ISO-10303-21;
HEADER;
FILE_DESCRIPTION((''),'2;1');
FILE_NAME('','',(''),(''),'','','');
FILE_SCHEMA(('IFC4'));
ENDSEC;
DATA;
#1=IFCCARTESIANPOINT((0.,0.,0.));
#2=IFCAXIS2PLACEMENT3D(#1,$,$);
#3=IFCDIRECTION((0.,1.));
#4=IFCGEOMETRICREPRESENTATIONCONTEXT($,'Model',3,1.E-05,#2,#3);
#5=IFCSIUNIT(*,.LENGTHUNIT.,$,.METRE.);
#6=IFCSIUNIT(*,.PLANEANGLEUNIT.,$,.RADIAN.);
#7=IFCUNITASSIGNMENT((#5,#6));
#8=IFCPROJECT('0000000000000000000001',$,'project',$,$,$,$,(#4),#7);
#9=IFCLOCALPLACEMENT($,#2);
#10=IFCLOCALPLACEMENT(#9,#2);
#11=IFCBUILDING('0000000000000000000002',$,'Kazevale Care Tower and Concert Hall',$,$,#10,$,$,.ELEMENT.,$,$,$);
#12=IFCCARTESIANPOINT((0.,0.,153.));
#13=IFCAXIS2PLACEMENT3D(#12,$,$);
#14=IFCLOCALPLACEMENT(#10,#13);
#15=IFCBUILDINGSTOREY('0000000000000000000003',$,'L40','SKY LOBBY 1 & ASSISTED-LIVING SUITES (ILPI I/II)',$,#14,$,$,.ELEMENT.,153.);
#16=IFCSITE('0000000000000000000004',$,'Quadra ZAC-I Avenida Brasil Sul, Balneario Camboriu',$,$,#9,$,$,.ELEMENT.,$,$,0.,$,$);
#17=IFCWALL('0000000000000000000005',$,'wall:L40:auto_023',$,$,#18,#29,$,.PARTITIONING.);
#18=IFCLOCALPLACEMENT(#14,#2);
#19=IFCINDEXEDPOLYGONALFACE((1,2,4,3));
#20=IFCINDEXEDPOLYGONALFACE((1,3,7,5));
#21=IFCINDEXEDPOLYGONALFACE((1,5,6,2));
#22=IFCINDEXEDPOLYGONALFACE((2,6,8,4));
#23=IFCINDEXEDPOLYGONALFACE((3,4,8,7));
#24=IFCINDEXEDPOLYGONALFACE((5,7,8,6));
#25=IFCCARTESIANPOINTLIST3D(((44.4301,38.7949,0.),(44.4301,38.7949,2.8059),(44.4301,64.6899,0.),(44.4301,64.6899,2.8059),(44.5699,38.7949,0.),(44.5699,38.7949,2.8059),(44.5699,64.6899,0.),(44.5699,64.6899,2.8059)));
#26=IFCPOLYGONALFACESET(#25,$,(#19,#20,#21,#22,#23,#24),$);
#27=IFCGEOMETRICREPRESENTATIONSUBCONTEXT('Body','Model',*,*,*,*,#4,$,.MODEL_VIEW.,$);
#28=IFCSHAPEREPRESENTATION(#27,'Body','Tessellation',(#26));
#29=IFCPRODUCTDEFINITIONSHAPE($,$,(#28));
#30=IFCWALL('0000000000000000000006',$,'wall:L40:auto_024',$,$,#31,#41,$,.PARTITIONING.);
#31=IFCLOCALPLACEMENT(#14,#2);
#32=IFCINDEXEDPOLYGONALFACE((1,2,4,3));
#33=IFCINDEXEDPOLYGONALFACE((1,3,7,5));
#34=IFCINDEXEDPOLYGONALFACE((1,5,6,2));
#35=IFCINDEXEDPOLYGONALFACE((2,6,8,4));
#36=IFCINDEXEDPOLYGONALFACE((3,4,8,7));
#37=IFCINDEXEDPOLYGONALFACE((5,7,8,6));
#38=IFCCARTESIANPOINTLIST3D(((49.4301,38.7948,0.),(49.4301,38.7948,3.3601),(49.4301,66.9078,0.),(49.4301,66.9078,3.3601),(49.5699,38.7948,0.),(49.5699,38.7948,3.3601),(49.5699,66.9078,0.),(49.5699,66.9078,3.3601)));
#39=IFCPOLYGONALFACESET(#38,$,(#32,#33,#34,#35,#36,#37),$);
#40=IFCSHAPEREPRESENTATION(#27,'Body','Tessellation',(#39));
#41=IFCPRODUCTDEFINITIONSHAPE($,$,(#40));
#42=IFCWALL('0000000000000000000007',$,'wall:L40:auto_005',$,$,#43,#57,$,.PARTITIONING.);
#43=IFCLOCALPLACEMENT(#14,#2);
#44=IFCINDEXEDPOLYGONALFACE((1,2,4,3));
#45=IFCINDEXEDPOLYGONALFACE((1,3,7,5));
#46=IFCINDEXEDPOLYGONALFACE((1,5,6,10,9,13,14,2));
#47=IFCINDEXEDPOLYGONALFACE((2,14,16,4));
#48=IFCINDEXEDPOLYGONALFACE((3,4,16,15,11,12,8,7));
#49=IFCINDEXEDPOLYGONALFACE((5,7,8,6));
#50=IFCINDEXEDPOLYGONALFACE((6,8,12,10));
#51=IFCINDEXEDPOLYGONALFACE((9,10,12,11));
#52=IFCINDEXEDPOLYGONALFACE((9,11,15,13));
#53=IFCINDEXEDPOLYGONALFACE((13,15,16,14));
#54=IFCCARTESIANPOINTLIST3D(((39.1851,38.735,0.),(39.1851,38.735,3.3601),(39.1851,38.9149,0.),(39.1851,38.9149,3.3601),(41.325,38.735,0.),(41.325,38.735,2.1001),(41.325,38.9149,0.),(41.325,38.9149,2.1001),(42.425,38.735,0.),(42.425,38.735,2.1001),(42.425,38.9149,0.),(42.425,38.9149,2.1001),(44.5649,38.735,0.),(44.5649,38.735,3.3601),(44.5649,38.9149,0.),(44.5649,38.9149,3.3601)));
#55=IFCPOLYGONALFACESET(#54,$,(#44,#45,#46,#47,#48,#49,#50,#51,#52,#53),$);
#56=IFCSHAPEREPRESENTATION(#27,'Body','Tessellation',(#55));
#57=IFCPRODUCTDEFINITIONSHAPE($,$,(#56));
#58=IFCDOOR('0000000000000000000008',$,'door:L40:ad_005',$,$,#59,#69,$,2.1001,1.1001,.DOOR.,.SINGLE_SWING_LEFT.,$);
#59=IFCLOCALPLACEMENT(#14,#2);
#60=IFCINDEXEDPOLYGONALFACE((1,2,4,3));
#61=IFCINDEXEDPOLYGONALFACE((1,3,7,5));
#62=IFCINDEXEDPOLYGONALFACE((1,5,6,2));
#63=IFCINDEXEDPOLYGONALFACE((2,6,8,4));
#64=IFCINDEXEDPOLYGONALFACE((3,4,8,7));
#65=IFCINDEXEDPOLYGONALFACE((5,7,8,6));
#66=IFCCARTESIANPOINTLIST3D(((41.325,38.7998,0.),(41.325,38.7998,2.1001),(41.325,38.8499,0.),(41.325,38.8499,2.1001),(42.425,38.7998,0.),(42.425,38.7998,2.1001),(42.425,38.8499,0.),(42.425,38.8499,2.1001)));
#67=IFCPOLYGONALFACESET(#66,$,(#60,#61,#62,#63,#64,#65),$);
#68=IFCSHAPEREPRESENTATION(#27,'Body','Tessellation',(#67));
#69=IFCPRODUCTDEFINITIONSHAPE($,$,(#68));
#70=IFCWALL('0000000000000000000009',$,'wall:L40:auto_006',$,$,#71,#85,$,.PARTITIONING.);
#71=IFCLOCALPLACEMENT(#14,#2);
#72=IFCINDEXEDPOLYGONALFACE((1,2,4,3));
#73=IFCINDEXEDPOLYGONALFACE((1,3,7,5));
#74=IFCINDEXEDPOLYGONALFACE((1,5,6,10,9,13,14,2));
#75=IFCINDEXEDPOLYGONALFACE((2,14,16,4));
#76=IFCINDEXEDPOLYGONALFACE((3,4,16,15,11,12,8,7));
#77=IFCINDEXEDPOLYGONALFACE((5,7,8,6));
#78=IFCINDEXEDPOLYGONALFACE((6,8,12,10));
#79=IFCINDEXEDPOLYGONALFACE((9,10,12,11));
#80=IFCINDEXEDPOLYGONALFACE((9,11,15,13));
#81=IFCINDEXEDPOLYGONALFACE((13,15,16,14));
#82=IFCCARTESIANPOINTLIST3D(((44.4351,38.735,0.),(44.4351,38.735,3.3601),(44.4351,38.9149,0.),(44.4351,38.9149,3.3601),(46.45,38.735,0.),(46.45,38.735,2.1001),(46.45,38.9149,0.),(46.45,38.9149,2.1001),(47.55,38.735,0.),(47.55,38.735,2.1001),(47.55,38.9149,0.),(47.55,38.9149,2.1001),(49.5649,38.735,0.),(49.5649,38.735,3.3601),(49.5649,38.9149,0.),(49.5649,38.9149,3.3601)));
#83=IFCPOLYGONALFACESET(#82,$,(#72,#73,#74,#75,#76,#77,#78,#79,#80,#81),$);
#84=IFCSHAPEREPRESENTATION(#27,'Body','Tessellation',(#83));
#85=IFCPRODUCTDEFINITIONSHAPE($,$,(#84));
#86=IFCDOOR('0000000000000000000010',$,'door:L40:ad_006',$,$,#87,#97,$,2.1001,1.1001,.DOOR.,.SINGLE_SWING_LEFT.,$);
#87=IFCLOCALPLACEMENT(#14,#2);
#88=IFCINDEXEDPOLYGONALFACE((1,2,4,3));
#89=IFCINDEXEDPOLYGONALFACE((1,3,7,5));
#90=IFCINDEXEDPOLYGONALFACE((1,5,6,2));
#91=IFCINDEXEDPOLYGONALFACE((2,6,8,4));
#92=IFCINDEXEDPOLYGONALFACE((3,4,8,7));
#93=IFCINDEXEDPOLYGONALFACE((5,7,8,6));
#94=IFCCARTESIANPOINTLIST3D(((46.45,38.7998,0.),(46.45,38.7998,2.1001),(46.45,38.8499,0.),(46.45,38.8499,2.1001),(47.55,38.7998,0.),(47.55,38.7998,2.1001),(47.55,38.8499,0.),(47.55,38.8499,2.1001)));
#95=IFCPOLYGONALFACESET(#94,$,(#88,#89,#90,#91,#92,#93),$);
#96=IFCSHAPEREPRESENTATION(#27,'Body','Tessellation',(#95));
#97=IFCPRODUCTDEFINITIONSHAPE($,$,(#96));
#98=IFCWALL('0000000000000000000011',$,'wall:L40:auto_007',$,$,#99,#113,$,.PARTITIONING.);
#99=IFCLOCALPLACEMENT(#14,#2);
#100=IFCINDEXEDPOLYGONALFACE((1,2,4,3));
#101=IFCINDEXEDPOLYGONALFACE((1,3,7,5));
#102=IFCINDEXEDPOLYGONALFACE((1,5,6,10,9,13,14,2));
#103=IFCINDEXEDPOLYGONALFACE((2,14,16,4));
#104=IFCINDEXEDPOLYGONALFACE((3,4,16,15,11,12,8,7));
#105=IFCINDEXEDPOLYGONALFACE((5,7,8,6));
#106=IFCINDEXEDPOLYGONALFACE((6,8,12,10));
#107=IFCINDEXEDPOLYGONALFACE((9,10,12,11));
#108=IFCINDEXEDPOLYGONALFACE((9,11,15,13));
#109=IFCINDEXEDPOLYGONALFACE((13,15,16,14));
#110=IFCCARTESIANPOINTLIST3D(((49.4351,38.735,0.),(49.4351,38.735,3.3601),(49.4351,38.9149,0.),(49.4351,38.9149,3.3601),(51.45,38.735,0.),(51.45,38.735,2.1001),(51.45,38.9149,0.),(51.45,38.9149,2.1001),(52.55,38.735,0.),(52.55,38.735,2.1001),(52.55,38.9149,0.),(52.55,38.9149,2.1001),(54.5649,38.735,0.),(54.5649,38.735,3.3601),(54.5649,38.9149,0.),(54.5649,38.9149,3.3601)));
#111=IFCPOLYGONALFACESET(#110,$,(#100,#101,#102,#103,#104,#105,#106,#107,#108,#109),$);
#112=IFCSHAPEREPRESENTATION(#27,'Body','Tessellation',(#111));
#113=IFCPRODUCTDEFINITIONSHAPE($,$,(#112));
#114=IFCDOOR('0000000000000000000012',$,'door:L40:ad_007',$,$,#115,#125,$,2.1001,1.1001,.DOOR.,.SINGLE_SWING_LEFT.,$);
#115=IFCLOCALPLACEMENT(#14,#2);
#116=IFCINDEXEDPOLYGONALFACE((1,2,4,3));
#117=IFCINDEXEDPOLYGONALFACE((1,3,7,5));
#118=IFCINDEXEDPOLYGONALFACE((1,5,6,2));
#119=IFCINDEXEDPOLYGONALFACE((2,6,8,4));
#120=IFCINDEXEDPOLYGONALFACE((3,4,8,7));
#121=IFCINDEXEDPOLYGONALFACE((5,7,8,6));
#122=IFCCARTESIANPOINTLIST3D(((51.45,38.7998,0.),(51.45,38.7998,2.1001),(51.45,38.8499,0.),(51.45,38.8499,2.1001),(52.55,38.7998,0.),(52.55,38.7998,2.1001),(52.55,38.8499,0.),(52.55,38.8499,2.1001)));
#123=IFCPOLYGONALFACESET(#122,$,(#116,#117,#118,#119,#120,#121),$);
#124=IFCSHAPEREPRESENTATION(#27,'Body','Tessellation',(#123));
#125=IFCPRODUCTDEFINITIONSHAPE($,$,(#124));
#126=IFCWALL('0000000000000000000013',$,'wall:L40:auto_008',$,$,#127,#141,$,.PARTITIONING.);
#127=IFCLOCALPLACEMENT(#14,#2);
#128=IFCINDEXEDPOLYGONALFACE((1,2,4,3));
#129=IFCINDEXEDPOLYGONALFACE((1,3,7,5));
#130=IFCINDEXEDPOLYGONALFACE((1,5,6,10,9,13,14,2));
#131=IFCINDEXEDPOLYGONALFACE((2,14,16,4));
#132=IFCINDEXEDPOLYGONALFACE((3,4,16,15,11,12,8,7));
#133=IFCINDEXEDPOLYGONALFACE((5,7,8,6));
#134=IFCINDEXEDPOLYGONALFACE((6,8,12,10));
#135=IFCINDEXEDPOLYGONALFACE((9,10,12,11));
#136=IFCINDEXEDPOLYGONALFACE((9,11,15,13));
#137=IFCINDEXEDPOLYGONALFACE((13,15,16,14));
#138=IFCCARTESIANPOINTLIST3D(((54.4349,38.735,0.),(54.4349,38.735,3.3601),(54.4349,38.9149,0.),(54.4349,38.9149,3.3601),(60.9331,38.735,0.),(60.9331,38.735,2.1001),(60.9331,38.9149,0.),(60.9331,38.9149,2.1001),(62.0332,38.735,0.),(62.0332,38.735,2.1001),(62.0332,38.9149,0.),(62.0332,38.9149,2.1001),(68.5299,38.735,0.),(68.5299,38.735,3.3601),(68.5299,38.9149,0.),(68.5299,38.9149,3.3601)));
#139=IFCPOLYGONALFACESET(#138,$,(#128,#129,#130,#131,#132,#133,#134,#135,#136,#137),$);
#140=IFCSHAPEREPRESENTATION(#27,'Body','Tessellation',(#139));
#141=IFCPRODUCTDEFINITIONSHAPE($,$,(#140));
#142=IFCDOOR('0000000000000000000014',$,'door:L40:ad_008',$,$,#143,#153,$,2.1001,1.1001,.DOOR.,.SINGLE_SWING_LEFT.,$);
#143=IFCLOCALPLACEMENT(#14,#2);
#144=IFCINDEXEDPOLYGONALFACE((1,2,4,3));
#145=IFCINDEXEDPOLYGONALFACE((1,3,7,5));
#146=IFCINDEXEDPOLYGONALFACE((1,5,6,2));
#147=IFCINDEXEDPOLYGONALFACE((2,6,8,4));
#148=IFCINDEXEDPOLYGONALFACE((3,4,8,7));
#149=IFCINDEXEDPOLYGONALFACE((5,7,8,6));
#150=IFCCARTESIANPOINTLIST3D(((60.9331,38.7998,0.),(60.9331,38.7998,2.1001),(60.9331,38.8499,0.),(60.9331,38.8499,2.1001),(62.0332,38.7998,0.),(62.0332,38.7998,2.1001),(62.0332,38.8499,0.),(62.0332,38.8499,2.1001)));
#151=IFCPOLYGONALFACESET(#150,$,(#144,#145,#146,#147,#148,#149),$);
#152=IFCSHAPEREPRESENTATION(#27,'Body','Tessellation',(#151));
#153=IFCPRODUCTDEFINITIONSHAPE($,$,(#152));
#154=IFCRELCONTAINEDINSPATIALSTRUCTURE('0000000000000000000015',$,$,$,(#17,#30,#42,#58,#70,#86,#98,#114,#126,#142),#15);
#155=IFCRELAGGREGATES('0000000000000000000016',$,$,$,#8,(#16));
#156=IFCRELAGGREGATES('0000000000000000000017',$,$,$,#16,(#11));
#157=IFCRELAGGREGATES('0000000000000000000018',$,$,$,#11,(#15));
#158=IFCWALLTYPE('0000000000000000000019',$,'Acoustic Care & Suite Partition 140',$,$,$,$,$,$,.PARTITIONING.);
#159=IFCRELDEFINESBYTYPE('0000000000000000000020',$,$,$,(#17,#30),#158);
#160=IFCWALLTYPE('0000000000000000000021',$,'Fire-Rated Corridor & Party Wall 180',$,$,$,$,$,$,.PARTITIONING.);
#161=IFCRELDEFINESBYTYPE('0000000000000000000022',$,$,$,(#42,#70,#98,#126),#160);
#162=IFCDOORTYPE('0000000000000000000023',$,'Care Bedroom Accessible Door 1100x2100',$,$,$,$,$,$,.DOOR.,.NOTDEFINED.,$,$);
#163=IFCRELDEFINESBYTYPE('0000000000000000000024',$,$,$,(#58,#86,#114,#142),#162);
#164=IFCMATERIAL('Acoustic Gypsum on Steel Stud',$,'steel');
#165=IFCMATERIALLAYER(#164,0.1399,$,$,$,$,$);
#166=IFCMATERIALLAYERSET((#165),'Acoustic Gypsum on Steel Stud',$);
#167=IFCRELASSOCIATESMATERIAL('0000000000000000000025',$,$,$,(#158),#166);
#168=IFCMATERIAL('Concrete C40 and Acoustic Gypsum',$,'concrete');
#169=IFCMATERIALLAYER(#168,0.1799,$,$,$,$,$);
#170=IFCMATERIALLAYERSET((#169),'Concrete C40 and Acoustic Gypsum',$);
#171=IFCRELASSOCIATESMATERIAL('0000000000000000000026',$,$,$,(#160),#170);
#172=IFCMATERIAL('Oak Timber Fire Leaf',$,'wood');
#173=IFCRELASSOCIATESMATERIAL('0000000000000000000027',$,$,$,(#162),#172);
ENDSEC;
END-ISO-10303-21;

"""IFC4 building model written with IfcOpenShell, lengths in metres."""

from ifc_helpers import new_model, si_unit, direction, frame, frame_2d, origin, place, context, subcontext, project, spatial, rectangle, extrude, material, layer, layer_set, type_object, element, fill, save


model = new_model("IFC4")

# Units and contexts
model_context = context("Model", 3, precision=1e-05, world=origin(), true_north=direction((0.0, 1.0)))
body_context = subcontext(model_context, "Body", "Model", "MODEL_VIEW")
ifc_project = project(units=[si_unit("LENGTHUNIT", "METRE"), si_unit("PLANEANGLEUNIT", "RADIAN")], contexts=[model_context])

# Site, building, storey
site_placement = place(None, origin())
site = spatial("IfcSite", under=ifc_project, at=site_placement, Name="Quadra ZAC-I Avenida Brasil Sul, Balneario Camboriu", CompositionType="ELEMENT", RefElevation=0.0)
building_placement = place(site_placement, origin())
building = spatial("IfcBuilding", under=site, at=building_placement, Name="Kazevale Care Tower and Concert Hall", CompositionType="ELEMENT")
storey_placement = place(building_placement, frame((0.0, 0.0, 153.0)))
storey = spatial("IfcBuildingStorey", under=building, at=storey_placement, Name="L40", Description="SKY LOBBY 1 & ASSISTED-LIVING SUITES (ILPI I/II)", CompositionType="ELEMENT", Elevation=153.0)

# Walls
ifc_material_1 = material(Name="Acoustic Gypsum on Steel Stud", Category="steel")
ifc_layer_1 = layer(ifc_material_1, 0.1399)
ifc_layer_set_1 = layer_set([ifc_layer_1], Name="Acoustic Gypsum on Steel Stud")
wall_type_1 = type_object("IfcWallType", Name="Acoustic Care & Suite Partition 140", PredefinedType="PARTITIONING", material=ifc_layer_set_1)
wall_1_placement = place(storey_placement, frame((44.5, 64.6899, 0.0), z_axis=(0.0, 0.0, 1.0), x_axis=(0.0, -1.0, 0.0)))
element("IfcWall", 1, at=wall_1_placement, inside=storey, type_object=wall_type_1, Name="wall:L40:auto_023", PredefinedType="PARTITIONING", context=body_context, shape_type="SweptSolid", body=[
    extrude(rectangle(XDim=25.895, YDim=0.1399, at=frame_2d((12.9475, 0.0))), origin(), (0.0, 0.0, 1.0), 2.8059),
])
wall_2_placement = place(storey_placement, frame((49.5, 66.908, 0.0), z_axis=(0.0, 0.0, 1.0), x_axis=(0.0, -1.0, 0.0)))
element("IfcWall", 2, at=wall_2_placement, inside=storey, type_object=wall_type_1, Name="wall:L40:auto_024", PredefinedType="PARTITIONING", context=body_context, shape_type="SweptSolid", body=[
    extrude(rectangle(XDim=28.113, YDim=0.1399, at=frame_2d((14.0566, 0.0))), origin(), (0.0, 0.0, 1.0), 3.3601),
])

# Walls, openings, doors
ifc_material_2 = material(Name="Concrete C40 and Acoustic Gypsum", Category="concrete")
ifc_layer_2 = layer(ifc_material_2, 0.1799)
ifc_layer_set_2 = layer_set([ifc_layer_2], Name="Concrete C40 and Acoustic Gypsum")
wall_type_2 = type_object("IfcWallType", Name="Fire-Rated Corridor & Party Wall 180", PredefinedType="PARTITIONING", material=ifc_layer_set_2)
wall_3_placement = place(storey_placement, frame((39.1851, 38.825, 0.0), z_axis=(0.0, 0.0, 1.0), x_axis=(1.0, 0.0, 0.0)))
wall_3 = element("IfcWall", 3, at=wall_3_placement, inside=storey, type_object=wall_type_2, Name="wall:L40:auto_005", PredefinedType="PARTITIONING", context=body_context, shape_type="SweptSolid", body=[
    extrude(rectangle(XDim=5.3799, YDim=0.1799, at=frame_2d((2.6899, 0.0))), origin(), (0.0, 0.0, 1.0), 3.3601),
])
opening_1_placement = place(wall_3_placement, frame((2.1399, 0.0, 0.0)))
opening_1 = element("IfcOpeningElement", 4, at=opening_1_placement, cuts=wall_3, PredefinedType="OPENING", context=body_context, shape_type="SweptSolid", body=[
    extrude(rectangle(XDim=1.1001, YDim=2.1001, at=frame_2d((0.55, 1.05))), frame((0.0, 0.0999, 0.0), z_axis=(0.0, -1.0, 0.0), x_axis=(1.0, 0.0, 0.0)), (0.0, 0.0, 1.0), 0.2),
])
ifc_material_3 = material(Name="Oak Timber Fire Leaf", Category="wood")
door_type = type_object("IfcDoorType", Name="Care Bedroom Accessible Door 1100x2100", OperationType="NOTDEFINED", PredefinedType="DOOR", material=ifc_material_3)
door_1_placement = place(opening_1_placement, origin())
door_1 = element("IfcDoor", 5, at=door_1_placement, inside=storey, type_object=door_type, Name="door:L40:ad_005", OperationType="SINGLE_SWING_LEFT", OverallHeight=2.1001, OverallWidth=1.1001, PredefinedType="DOOR", context=body_context, shape_type="SweptSolid", body=[
    extrude(rectangle(XDim=1.1001, YDim=2.1001, at=frame_2d((0.55, 1.05))), frame((0.0, 0.0249, 0.0), z_axis=(0.0, -1.0, 0.0), x_axis=(1.0, 0.0, 0.0)), (0.0, 0.0, 1.0), 0.05),
])
fill(opening_1, door_1)
wall_4_placement = place(storey_placement, frame((44.4351, 38.825, 0.0), z_axis=(0.0, 0.0, 1.0), x_axis=(1.0, 0.0, 0.0)))
wall_4 = element("IfcWall", 6, at=wall_4_placement, inside=storey, type_object=wall_type_2, Name="wall:L40:auto_006", PredefinedType="PARTITIONING", context=body_context, shape_type="SweptSolid", body=[
    extrude(rectangle(XDim=5.1299, YDim=0.1799, at=frame_2d((2.5649, 0.0))), origin(), (0.0, 0.0, 1.0), 3.3601),
])
opening_2_placement = place(wall_4_placement, frame((2.0149, 0.0, 0.0)))
opening_2 = element("IfcOpeningElement", 7, at=opening_2_placement, cuts=wall_4, PredefinedType="OPENING", context=body_context, shape_type="SweptSolid", body=[
    extrude(rectangle(XDim=1.1001, YDim=2.1001, at=frame_2d((0.55, 1.05))), frame((0.0, 0.0999, 0.0), z_axis=(0.0, -1.0, 0.0), x_axis=(1.0, 0.0, 0.0)), (0.0, 0.0, 1.0), 0.2),
])
door_2_placement = place(opening_2_placement, origin())
door_2 = element("IfcDoor", 8, at=door_2_placement, inside=storey, type_object=door_type, Name="door:L40:ad_006", OperationType="SINGLE_SWING_LEFT", OverallHeight=2.1001, OverallWidth=1.1001, PredefinedType="DOOR", context=body_context, shape_type="SweptSolid", body=[
    extrude(rectangle(XDim=1.1001, YDim=2.1001, at=frame_2d((0.55, 1.05))), frame((0.0, 0.0249, 0.0), z_axis=(0.0, -1.0, 0.0), x_axis=(1.0, 0.0, 0.0)), (0.0, 0.0, 1.0), 0.05),
])
fill(opening_2, door_2)
wall_5_placement = place(storey_placement, frame((49.4351, 38.825, 0.0), z_axis=(0.0, 0.0, 1.0), x_axis=(1.0, 0.0, 0.0)))
wall_5 = element("IfcWall", 9, at=wall_5_placement, inside=storey, type_object=wall_type_2, Name="wall:L40:auto_007", PredefinedType="PARTITIONING", context=body_context, shape_type="SweptSolid", body=[
    extrude(rectangle(XDim=5.1299, YDim=0.1799, at=frame_2d((2.5649, 0.0))), origin(), (0.0, 0.0, 1.0), 3.3601),
])
opening_3_placement = place(wall_5_placement, frame((2.0149, 0.0, 0.0)))
opening_3 = element("IfcOpeningElement", 10, at=opening_3_placement, cuts=wall_5, PredefinedType="OPENING", context=body_context, shape_type="SweptSolid", body=[
    extrude(rectangle(XDim=1.1001, YDim=2.1001, at=frame_2d((0.55, 1.05))), frame((0.0, 0.0999, 0.0), z_axis=(0.0, -1.0, 0.0), x_axis=(1.0, 0.0, 0.0)), (0.0, 0.0, 1.0), 0.2),
])
door_3_placement = place(opening_3_placement, origin())
door_3 = element("IfcDoor", 11, at=door_3_placement, inside=storey, type_object=door_type, Name="door:L40:ad_007", OperationType="SINGLE_SWING_LEFT", OverallHeight=2.1001, OverallWidth=1.1001, PredefinedType="DOOR", context=body_context, shape_type="SweptSolid", body=[
    extrude(rectangle(XDim=1.1001, YDim=2.1001, at=frame_2d((0.55, 1.05))), frame((0.0, 0.0249, 0.0), z_axis=(0.0, -1.0, 0.0), x_axis=(1.0, 0.0, 0.0)), (0.0, 0.0, 1.0), 0.05),
])
fill(opening_3, door_3)
wall_6_placement = place(storey_placement, frame((54.4351, 38.825, 0.0), z_axis=(0.0, 0.0, 1.0), x_axis=(1.0, 0.0, 0.0)))
wall_6 = element("IfcWall", 12, at=wall_6_placement, inside=storey, type_object=wall_type_2, Name="wall:L40:auto_008", PredefinedType="PARTITIONING", context=body_context, shape_type="SweptSolid", body=[
    extrude(rectangle(XDim=14.095, YDim=0.1799, at=frame_2d((7.0474, 0.0))), origin(), (0.0, 0.0, 1.0), 3.3601),
])
opening_4_placement = place(wall_6_placement, frame((6.498, 0.0, 0.0)))
opening_4 = element("IfcOpeningElement", 13, at=opening_4_placement, cuts=wall_6, PredefinedType="OPENING", context=body_context, shape_type="SweptSolid", body=[
    extrude(rectangle(XDim=1.1001, YDim=2.1001, at=frame_2d((0.55, 1.05))), frame((0.0, 0.0999, 0.0), z_axis=(0.0, -1.0, 0.0), x_axis=(1.0, 0.0, 0.0)), (0.0, 0.0, 1.0), 0.2),
])
door_4_placement = place(opening_4_placement, origin())
door_4 = element("IfcDoor", 14, at=door_4_placement, inside=storey, type_object=door_type, Name="door:L40:ad_008", OperationType="SINGLE_SWING_LEFT", OverallHeight=2.1001, OverallWidth=1.1001, PredefinedType="DOOR", context=body_context, shape_type="SweptSolid", body=[
    extrude(rectangle(XDim=1.1001, YDim=2.1001, at=frame_2d((0.55, 1.05))), frame((0.0, 0.0249, 0.0), z_axis=(0.0, -1.0, 0.0), x_axis=(1.0, 0.0, 0.0)), (0.0, 0.0, 1.0), 0.05),
])
fill(opening_4, door_4)

save(model, "model.ifc")
